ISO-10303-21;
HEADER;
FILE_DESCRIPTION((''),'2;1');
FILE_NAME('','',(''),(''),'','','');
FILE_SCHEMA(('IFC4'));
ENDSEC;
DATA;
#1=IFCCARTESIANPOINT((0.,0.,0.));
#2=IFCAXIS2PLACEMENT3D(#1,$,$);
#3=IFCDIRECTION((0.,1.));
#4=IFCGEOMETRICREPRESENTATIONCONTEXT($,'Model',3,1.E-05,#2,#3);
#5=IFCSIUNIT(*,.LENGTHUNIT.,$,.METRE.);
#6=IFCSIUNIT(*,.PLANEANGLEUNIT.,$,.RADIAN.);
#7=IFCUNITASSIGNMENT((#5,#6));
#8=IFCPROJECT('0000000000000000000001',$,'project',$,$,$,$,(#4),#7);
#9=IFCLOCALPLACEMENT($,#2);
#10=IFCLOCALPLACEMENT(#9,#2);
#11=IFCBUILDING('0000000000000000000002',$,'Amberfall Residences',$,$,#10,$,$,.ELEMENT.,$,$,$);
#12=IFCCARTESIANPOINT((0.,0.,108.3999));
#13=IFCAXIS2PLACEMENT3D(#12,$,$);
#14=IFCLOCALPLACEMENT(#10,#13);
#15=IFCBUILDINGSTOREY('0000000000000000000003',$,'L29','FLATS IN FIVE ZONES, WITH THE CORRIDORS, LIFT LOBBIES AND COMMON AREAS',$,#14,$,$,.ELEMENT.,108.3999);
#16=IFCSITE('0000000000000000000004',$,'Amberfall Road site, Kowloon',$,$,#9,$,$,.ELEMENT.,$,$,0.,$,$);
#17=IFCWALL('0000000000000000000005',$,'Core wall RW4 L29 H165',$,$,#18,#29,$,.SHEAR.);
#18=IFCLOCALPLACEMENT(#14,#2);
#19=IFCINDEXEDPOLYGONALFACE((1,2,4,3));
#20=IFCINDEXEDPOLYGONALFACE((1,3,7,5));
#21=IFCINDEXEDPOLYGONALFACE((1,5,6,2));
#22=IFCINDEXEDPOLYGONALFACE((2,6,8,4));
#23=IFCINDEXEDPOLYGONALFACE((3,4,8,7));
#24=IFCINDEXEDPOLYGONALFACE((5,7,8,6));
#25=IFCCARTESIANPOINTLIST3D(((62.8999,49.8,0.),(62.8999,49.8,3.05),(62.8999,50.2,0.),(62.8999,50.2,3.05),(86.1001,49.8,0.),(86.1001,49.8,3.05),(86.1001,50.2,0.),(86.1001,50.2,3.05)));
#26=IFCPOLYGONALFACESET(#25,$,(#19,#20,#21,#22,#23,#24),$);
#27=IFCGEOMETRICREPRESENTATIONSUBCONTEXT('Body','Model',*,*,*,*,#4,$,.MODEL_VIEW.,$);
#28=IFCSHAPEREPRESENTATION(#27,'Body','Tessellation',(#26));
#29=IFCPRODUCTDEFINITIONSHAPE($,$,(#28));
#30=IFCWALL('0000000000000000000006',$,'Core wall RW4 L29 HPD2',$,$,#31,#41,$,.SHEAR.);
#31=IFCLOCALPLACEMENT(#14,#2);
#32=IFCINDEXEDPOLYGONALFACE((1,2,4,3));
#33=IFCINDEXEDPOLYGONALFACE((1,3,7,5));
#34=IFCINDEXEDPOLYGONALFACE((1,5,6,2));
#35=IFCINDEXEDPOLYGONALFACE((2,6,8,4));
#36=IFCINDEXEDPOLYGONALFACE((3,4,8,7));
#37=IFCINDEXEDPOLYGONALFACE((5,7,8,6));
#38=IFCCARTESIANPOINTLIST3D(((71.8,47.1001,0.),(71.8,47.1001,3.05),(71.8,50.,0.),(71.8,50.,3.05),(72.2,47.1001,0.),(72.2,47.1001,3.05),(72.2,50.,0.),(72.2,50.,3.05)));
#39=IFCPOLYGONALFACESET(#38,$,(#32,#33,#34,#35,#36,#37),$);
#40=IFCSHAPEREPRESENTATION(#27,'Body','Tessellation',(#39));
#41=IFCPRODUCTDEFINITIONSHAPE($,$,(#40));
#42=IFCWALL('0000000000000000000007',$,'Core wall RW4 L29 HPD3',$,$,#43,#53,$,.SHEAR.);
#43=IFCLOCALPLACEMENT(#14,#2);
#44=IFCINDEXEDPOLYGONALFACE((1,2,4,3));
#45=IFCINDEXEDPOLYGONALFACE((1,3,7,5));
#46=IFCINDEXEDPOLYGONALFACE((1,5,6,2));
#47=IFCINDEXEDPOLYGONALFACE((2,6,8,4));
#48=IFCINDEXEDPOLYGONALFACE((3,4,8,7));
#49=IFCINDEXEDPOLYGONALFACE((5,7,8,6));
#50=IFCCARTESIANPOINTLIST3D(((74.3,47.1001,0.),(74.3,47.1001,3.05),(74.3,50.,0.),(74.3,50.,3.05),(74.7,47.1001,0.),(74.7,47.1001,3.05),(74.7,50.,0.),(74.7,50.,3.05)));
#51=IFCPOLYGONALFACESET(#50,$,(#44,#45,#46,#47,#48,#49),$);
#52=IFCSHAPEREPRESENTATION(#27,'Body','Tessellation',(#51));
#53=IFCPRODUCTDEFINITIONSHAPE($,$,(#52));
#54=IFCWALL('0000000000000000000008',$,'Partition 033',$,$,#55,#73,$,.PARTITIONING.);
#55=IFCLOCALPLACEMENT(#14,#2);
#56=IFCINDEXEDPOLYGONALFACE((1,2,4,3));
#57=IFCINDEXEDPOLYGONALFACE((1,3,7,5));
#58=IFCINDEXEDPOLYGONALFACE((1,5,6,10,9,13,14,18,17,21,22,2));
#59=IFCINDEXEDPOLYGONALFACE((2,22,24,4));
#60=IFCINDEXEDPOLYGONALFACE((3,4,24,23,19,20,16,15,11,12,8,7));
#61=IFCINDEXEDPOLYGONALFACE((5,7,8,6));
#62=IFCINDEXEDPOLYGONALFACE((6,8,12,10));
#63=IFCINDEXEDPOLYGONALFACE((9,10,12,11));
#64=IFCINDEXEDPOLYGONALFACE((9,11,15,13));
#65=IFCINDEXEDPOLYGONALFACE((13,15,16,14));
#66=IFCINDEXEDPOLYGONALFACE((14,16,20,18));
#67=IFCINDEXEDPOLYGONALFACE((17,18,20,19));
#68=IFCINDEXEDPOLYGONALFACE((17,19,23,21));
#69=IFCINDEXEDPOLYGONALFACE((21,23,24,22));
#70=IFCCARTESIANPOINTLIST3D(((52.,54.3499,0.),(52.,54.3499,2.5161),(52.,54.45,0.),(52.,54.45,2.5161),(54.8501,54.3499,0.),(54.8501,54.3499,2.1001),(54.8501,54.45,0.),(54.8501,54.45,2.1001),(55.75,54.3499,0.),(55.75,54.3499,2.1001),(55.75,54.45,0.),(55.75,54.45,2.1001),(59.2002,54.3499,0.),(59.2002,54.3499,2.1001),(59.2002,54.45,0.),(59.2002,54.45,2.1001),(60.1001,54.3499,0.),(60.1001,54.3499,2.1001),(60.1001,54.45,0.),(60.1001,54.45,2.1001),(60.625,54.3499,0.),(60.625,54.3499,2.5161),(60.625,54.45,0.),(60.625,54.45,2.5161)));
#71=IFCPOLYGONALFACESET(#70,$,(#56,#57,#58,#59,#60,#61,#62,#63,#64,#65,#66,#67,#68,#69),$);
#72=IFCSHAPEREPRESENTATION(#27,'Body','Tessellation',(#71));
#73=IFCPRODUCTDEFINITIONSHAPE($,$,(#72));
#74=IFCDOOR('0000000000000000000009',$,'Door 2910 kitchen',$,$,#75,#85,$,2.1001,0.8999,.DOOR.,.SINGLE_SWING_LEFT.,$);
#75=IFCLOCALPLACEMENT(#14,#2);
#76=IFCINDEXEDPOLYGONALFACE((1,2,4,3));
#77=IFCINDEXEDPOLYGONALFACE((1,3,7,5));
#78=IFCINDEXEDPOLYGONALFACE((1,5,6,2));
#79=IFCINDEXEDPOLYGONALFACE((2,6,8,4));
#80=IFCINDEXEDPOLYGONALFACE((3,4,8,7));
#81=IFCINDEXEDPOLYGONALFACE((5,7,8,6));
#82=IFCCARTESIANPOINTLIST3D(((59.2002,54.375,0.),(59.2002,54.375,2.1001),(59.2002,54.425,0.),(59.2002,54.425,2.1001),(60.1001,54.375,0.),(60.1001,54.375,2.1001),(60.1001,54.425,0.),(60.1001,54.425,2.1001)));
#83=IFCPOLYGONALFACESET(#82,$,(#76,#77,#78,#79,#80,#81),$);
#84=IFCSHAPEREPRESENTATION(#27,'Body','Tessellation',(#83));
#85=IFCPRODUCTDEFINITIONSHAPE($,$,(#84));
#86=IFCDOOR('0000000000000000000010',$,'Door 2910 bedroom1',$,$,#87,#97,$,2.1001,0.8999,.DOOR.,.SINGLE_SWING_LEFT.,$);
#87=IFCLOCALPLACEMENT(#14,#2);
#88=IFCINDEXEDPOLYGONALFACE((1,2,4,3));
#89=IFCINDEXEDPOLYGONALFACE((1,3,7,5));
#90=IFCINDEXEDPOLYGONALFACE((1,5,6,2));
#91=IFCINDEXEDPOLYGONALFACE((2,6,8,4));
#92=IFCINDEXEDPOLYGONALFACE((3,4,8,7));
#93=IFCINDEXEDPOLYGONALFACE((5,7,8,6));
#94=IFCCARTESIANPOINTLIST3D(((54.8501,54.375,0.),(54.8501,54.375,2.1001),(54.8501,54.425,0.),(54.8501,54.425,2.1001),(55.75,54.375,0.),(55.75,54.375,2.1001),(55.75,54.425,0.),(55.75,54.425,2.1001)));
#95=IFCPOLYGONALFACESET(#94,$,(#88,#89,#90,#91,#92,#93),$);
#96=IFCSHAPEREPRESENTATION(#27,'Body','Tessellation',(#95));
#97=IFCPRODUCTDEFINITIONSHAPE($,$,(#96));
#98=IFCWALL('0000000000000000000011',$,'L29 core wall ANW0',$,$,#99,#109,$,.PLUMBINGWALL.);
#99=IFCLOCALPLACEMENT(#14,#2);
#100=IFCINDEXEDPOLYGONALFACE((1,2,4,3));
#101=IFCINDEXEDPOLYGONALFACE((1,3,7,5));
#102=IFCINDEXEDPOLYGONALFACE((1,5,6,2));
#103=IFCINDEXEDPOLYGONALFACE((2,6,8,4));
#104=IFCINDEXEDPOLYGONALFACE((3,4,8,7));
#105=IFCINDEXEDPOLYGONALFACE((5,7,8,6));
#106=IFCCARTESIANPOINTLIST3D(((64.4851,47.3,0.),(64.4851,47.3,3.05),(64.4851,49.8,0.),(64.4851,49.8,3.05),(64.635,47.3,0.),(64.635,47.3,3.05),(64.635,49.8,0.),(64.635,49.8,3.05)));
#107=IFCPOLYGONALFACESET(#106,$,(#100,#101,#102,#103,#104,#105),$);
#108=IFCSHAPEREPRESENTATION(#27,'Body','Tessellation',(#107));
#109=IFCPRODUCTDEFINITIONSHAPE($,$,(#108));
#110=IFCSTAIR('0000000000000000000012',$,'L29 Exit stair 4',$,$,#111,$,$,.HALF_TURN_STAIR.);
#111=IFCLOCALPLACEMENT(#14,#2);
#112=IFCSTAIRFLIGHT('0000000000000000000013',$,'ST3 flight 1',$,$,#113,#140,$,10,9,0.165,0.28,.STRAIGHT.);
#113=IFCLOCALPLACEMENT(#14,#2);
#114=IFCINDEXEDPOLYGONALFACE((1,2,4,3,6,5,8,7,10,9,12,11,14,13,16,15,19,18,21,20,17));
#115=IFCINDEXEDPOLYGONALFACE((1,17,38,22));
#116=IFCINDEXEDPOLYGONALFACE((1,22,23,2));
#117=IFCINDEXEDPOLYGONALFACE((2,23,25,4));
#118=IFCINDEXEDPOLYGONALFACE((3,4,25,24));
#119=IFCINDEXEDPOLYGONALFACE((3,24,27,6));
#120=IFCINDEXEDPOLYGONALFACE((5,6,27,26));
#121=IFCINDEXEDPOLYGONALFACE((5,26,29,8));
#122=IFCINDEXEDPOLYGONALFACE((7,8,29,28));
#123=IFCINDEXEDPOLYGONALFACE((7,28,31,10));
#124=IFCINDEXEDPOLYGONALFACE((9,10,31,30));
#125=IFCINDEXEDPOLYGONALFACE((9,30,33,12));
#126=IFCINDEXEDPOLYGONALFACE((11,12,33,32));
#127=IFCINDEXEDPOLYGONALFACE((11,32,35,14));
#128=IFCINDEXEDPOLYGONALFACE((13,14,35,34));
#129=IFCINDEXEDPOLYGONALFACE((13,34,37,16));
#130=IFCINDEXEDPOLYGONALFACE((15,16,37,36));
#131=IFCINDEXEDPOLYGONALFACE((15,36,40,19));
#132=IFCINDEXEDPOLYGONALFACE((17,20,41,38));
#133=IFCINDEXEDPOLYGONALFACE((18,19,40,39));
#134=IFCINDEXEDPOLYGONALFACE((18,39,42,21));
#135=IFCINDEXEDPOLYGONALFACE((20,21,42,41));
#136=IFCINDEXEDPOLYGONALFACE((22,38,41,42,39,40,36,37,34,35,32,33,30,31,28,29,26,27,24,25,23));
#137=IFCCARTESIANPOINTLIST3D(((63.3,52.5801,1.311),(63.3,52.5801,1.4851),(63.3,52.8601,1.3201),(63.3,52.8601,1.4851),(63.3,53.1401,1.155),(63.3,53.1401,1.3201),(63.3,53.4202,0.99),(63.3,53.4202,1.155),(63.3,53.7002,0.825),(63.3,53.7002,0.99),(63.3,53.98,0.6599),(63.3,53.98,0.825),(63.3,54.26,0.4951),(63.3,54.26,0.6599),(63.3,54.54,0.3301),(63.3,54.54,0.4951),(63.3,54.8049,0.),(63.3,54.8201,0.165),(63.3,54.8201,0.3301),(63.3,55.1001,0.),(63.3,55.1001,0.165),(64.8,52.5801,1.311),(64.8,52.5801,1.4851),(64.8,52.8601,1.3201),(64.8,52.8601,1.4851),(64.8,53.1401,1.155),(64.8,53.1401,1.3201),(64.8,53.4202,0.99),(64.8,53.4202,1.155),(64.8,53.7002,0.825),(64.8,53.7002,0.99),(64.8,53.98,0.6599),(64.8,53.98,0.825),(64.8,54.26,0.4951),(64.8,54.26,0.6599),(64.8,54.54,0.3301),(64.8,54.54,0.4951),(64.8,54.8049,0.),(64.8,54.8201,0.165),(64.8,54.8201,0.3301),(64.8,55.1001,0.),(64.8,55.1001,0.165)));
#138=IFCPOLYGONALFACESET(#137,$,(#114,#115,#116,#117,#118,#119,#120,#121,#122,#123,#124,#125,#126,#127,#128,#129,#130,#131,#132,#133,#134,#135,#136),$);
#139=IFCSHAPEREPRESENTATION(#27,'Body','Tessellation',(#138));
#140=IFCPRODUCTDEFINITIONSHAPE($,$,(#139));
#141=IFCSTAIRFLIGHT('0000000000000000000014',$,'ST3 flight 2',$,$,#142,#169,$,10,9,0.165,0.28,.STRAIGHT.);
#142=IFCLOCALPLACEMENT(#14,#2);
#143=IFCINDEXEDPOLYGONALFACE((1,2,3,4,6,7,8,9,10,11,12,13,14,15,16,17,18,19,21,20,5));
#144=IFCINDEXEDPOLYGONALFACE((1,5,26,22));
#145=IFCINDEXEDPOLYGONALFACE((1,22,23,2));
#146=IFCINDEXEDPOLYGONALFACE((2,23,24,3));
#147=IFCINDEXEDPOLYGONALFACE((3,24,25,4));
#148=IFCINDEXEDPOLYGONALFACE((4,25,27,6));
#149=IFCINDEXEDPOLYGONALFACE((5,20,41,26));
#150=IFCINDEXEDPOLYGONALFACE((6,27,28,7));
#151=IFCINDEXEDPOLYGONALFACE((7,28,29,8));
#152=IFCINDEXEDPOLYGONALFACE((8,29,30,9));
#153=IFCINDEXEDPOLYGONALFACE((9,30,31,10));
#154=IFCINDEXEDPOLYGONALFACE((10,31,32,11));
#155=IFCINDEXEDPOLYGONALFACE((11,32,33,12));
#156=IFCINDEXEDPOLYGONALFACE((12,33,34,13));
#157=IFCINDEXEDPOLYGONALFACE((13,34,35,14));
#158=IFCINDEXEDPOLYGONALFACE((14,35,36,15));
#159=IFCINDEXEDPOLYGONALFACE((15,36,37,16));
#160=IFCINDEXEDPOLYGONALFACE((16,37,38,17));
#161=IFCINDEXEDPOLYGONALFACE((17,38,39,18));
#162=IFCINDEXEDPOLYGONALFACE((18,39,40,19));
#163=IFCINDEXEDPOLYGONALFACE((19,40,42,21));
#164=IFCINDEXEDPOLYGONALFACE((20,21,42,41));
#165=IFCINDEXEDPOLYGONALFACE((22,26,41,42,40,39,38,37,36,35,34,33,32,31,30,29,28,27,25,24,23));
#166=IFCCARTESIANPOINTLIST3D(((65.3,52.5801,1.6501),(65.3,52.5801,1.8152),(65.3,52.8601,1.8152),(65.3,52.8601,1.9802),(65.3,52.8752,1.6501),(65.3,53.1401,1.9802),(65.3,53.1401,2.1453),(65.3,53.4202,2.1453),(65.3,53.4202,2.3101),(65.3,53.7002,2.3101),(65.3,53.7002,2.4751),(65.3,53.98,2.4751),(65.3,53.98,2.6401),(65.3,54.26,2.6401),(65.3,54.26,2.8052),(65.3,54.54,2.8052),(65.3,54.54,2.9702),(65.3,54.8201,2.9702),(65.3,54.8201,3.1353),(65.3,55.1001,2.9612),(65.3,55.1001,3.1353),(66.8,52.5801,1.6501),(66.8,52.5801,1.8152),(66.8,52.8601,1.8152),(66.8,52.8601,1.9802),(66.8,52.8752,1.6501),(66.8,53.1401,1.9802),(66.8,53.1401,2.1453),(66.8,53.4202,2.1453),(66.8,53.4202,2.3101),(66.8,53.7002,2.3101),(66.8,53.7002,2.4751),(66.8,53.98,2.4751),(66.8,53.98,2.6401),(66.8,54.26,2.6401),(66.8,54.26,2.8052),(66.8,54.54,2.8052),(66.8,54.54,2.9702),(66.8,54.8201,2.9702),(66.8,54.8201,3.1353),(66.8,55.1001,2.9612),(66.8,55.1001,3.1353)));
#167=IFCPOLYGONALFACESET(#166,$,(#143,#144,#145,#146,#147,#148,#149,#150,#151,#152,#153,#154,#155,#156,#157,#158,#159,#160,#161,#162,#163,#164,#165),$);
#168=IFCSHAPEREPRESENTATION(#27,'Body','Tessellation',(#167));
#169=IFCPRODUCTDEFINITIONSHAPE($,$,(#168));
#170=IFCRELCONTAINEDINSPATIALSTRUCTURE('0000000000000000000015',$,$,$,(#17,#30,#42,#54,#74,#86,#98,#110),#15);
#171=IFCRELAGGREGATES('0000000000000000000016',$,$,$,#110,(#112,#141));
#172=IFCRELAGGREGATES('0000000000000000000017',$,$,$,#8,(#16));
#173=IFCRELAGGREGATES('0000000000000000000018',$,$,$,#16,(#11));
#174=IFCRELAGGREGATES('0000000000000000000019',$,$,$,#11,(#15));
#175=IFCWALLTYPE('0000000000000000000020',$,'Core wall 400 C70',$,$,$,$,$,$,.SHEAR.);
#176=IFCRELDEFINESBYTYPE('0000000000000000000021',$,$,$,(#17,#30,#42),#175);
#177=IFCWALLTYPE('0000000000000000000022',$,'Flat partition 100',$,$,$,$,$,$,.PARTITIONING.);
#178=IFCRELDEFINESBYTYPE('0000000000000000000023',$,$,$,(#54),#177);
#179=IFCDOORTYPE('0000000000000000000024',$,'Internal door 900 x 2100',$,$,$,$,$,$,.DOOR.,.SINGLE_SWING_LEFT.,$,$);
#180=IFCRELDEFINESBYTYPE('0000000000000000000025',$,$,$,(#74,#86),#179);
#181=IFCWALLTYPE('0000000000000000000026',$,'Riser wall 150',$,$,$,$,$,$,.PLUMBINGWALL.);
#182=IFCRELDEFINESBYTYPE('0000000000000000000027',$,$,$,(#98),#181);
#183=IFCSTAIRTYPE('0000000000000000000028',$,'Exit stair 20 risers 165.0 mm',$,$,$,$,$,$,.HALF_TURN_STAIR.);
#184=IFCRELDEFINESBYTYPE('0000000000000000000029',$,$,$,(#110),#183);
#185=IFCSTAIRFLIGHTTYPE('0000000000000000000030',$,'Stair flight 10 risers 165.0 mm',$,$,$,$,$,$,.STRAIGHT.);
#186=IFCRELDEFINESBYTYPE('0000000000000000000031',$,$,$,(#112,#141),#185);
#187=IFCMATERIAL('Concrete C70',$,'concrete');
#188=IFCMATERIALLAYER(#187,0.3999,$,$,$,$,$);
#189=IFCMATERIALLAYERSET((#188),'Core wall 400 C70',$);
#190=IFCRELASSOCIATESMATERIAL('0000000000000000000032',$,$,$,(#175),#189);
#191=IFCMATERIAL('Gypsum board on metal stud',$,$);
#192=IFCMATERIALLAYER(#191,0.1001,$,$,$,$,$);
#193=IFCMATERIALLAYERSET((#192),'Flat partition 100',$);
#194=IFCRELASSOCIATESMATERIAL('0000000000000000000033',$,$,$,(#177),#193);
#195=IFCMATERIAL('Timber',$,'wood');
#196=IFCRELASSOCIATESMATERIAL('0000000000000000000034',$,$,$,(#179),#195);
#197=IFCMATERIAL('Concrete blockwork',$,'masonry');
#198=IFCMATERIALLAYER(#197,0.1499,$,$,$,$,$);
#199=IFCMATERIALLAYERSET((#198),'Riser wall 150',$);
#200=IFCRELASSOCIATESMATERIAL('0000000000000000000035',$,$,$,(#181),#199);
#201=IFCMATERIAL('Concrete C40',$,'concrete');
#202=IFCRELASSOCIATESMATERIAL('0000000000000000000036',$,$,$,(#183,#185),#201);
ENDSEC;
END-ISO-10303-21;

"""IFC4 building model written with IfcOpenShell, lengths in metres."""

from ifc_helpers import new_model, si_unit, direction, frame, frame_2d, origin, place, context, subcontext, project, spatial, polyline, rectangle, outline, extrude, material, layer, layer_set, type_object, element, fill, aggregate, save


model = new_model("IFC4")

# Units and contexts
model_context = context("Model", 3, precision=1e-05, world=origin(), true_north=direction((0.0, 1.0)))
body_context = subcontext(model_context, "Body", "Model", "MODEL_VIEW")
ifc_project = project(units=[si_unit("LENGTHUNIT", "METRE"), si_unit("PLANEANGLEUNIT", "RADIAN")], contexts=[model_context])

# Site, building, storey
site_placement = place(None, origin())
site = spatial("IfcSite", under=ifc_project, at=site_placement, Name="Amberfall Road site, Kowloon", CompositionType="ELEMENT", RefElevation=0.0)
building_placement = place(site_placement, origin())
building = spatial("IfcBuilding", under=site, at=building_placement, Name="Amberfall Residences", CompositionType="ELEMENT")
storey_placement = place(building_placement, frame((0.0, 0.0, 108.3999)))
storey = spatial("IfcBuildingStorey", under=building, at=storey_placement, Name="L29", Description="FLATS IN FIVE ZONES, WITH THE CORRIDORS, LIFT LOBBIES AND COMMON AREAS", CompositionType="ELEMENT", Elevation=108.3999)

# Walls
ifc_material_1 = material(Name="Concrete C70", Category="concrete")
ifc_layer_1 = layer(ifc_material_1, 0.3999)
ifc_layer_set_1 = layer_set([ifc_layer_1], Name="Core wall 400 C70")
wall_type_1 = type_object("IfcWallType", Name="Core wall 400 C70", PredefinedType="SHEAR", material=ifc_layer_set_1)
wall_1_placement = place(storey_placement, frame((62.8999, 50.0, 0.0), z_axis=(0.0, 0.0, 1.0), x_axis=(1.0, 0.0, 0.0)))
element("IfcWall", 1, at=wall_1_placement, inside=storey, type_object=wall_type_1, Name="Core wall RW4 L29 H165", PredefinedType="SHEAR", context=body_context, shape_type="SweptSolid", body=[
    extrude(rectangle(XDim=23.2002, YDim=0.3999, at=frame_2d((11.6001, 0.0))), origin(), (0.0, 0.0, 1.0), 3.05),
])
for number, where, z_axis, x_axis, name in (
    (2, (72.0, 47.1001, 0.0), (0.0, 0.0, 1.0), (0.0, 1.0, 0.0), "Core wall RW4 L29 HPD2"),
    (3, (74.5, 47.1001, 0.0), (0.0, 0.0, 1.0), (0.0, 1.0, 0.0), "Core wall RW4 L29 HPD3"),
):
    element("IfcWall", number, at=place(storey_placement, frame(where, z_axis=z_axis, x_axis=x_axis)), inside=storey, type_object=wall_type_1, Name=name, PredefinedType="SHEAR", context=body_context, shape_type="SweptSolid", body=[
        extrude(rectangle(XDim=2.8999, YDim=0.3999, at=frame_2d((1.45, 0.0))), origin(), (0.0, 0.0, 1.0), 3.05),
    ])

# Wall, openings, doors
ifc_material_2 = material(Name="Gypsum board on metal stud")
ifc_layer_2 = layer(ifc_material_2, 0.1001)
ifc_layer_set_2 = layer_set([ifc_layer_2], Name="Flat partition 100")
wall_type_2 = type_object("IfcWallType", Name="Flat partition 100", PredefinedType="PARTITIONING", material=ifc_layer_set_2)
wall_2_placement = place(storey_placement, frame((60.625, 54.3999, 0.0), z_axis=(0.0, 0.0, 1.0), x_axis=(-1.0, 0.0, 0.0)))
wall_2 = element("IfcWall", 4, at=wall_2_placement, inside=storey, type_object=wall_type_2, Name="Partition 033", PredefinedType="PARTITIONING", context=body_context, shape_type="SweptSolid", body=[
    extrude(rectangle(XDim=8.625, YDim=0.1001, at=frame_2d((4.3125, 0.0))), origin(), (0.0, 0.0, 1.0), 2.5161),
])
opening_1_placement = place(wall_2_placement, frame((0.5249, 0.0, 0.0)))
opening_1 = element("IfcOpeningElement", 5, at=opening_1_placement, cuts=wall_2, PredefinedType="OPENING", context=body_context, shape_type="SweptSolid", body=[
    extrude(rectangle(XDim=0.8999, YDim=2.1001, at=frame_2d((0.45, 1.05))), frame((0.0, 0.0601, 0.0), z_axis=(0.0, -1.0, 0.0), x_axis=(1.0, 0.0, 0.0)), (0.0, 0.0, 1.0), 0.1201),
])
opening_2_placement = place(wall_2_placement, frame((4.875, 0.0, 0.0)))
opening_2 = element("IfcOpeningElement", 6, at=opening_2_placement, cuts=wall_2, PredefinedType="OPENING", context=body_context, shape_type="SweptSolid", body=[
    extrude(rectangle(XDim=0.8999, YDim=2.1001, at=frame_2d((0.45, 1.05))), frame((0.0, 0.0601, 0.0), z_axis=(0.0, -1.0, 0.0), x_axis=(1.0, 0.0, 0.0)), (0.0, 0.0, 1.0), 0.1201),
])
ifc_material_3 = material(Name="Timber", Category="wood")
door_type = type_object("IfcDoorType", Name="Internal door 900 x 2100", OperationType="SINGLE_SWING_LEFT", PredefinedType="DOOR", material=ifc_material_3)
door_1_placement = place(opening_1_placement, origin())
door_1 = element("IfcDoor", 7, at=door_1_placement, inside=storey, type_object=door_type, Name="Door 2910 kitchen", OperationType="SINGLE_SWING_LEFT", OverallHeight=2.1001, OverallWidth=0.8999, PredefinedType="DOOR", context=body_context, shape_type="SweptSolid", body=[
    extrude(rectangle(XDim=0.8999, YDim=2.1001, at=frame_2d((0.45, 1.05))), frame((0.0, 0.0249, 0.0), z_axis=(0.0, -1.0, 0.0), x_axis=(1.0, 0.0, 0.0)), (0.0, 0.0, 1.0), 0.05),
])
fill(opening_1, door_1)
door_2_placement = place(opening_2_placement, origin())
door_2 = element("IfcDoor", 8, at=door_2_placement, inside=storey, type_object=door_type, Name="Door 2910 bedroom1", OperationType="SINGLE_SWING_LEFT", OverallHeight=2.1001, OverallWidth=0.8999, PredefinedType="DOOR", context=body_context, shape_type="SweptSolid", body=[
    extrude(rectangle(XDim=0.8999, YDim=2.1001, at=frame_2d((0.45, 1.05))), frame((0.0, 0.0249, 0.0), z_axis=(0.0, -1.0, 0.0), x_axis=(1.0, 0.0, 0.0)), (0.0, 0.0, 1.0), 0.05),
])
fill(opening_2, door_2)

# Wall
ifc_material_4 = material(Name="Concrete blockwork", Category="masonry")
ifc_layer_3 = layer(ifc_material_4, 0.1499)
ifc_layer_set_3 = layer_set([ifc_layer_3], Name="Riser wall 150")
wall_type_3 = type_object("IfcWallType", Name="Riser wall 150", PredefinedType="PLUMBINGWALL", material=ifc_layer_set_3)
wall_3_placement = place(storey_placement, frame((64.5601, 47.3, 0.0), z_axis=(0.0, 0.0, 1.0), x_axis=(0.0, 1.0, 0.0)))
element("IfcWall", 9, at=wall_3_placement, inside=storey, type_object=wall_type_3, Name="L29 core wall ANW0", PredefinedType="PLUMBINGWALL", context=body_context, shape_type="SweptSolid", body=[
    extrude(rectangle(XDim=2.5, YDim=0.1499, at=frame_2d((1.25, 0.0))), origin(), (0.0, 0.0, 1.0), 3.05),
])

# Stair, stair flights
ifc_material_5 = material(Name="Concrete C40", Category="concrete")
stair_type = type_object("IfcStairType", Name="Exit stair 20 risers 165.0 mm", PredefinedType="HALF_TURN_STAIR", material=ifc_material_5)
stair_placement = place(storey_placement, origin())
stair = element("IfcStair", 10, at=stair_placement, inside=storey, type_object=stair_type, Name="L29 Exit stair 4", PredefinedType="HALF_TURN_STAIR")
stair_flight_type = type_object("IfcStairFlightType", Name="Stair flight 10 risers 165.0 mm", PredefinedType="STRAIGHT", material=ifc_material_5)
stair_flight_1_placement = place(storey_placement, frame((64.05, 55.1001, 0.0), z_axis=(0.0, 0.0, 1.0), x_axis=(0.0, -1.0, 0.0)))
stair_flight_1 = element("IfcStairFlight", 11, at=stair_flight_1_placement, type_object=stair_flight_type, Name="ST3 flight 1", NumberOfRisers=10, NumberOfTreads=9, PredefinedType="STRAIGHT", RiserHeight=0.165, TreadLength=0.28, context=body_context, shape_type="SweptSolid", body=[
    extrude(outline(polyline([(0.0, 0.0), (0.0, 0.165), (0.28, 0.165), (0.28, 0.3301), (0.5601, 0.3301), (0.5601, 0.4951), (0.8401, 0.4951), (0.8401, 0.6599), (1.1201, 0.6599), (1.1201, 0.825), (1.3999, 0.825), (1.3999, 0.99), (1.6799, 0.99), (1.6799, 1.155), (1.96, 1.155), (1.96, 1.3201), (2.24, 1.3201), (2.24, 1.4851), (2.52, 1.4851), (2.52, 1.6499), (2.52, 1.311), (0.2952, 0.0), (0.0, 0.0)])), frame((0.0, 0.75, 0.0), z_axis=(0.0, -1.0, 0.0), x_axis=(1.0, 0.0, 0.0)), (0.0, 0.0, 1.0), 1.5),
])
stair_flight_2_placement = place(storey_placement, frame((66.05, 52.5801, 1.6501), z_axis=(0.0, 0.0, 1.0), x_axis=(0.0, 1.0, 0.0)))
stair_flight_2 = element("IfcStairFlight", 12, at=stair_flight_2_placement, type_object=stair_flight_type, Name="ST3 flight 2", NumberOfRisers=10, NumberOfTreads=9, PredefinedType="STRAIGHT", RiserHeight=0.165, TreadLength=0.28, context=body_context, shape_type="SweptSolid", body=[
    extrude(outline(polyline([(0.0, 0.0), (0.0, 0.165), (0.28, 0.165), (0.28, 0.3301), (0.5601, 0.3301), (0.5601, 0.4951), (0.8401, 0.4951), (0.8401, 0.6599), (1.1201, 0.6599), (1.1201, 0.825), (1.3999, 0.825), (1.3999, 0.99), (1.6799, 0.99), (1.6799, 1.155), (1.96, 1.155), (1.96, 1.3201), (2.24, 1.3201), (2.24, 1.4851), (2.52, 1.4851), (2.52, 1.6499), (2.52, 1.311), (0.2952, 0.0), (0.0, 0.0)])), frame((0.0, 0.75, 0.0), z_axis=(0.0, -1.0, 0.0), x_axis=(1.0, 0.0, 0.0)), (0.0, 0.0, 1.0), 1.5),
])
aggregate(stair, [stair_flight_1, stair_flight_2])

save(model, "model.ifc")
